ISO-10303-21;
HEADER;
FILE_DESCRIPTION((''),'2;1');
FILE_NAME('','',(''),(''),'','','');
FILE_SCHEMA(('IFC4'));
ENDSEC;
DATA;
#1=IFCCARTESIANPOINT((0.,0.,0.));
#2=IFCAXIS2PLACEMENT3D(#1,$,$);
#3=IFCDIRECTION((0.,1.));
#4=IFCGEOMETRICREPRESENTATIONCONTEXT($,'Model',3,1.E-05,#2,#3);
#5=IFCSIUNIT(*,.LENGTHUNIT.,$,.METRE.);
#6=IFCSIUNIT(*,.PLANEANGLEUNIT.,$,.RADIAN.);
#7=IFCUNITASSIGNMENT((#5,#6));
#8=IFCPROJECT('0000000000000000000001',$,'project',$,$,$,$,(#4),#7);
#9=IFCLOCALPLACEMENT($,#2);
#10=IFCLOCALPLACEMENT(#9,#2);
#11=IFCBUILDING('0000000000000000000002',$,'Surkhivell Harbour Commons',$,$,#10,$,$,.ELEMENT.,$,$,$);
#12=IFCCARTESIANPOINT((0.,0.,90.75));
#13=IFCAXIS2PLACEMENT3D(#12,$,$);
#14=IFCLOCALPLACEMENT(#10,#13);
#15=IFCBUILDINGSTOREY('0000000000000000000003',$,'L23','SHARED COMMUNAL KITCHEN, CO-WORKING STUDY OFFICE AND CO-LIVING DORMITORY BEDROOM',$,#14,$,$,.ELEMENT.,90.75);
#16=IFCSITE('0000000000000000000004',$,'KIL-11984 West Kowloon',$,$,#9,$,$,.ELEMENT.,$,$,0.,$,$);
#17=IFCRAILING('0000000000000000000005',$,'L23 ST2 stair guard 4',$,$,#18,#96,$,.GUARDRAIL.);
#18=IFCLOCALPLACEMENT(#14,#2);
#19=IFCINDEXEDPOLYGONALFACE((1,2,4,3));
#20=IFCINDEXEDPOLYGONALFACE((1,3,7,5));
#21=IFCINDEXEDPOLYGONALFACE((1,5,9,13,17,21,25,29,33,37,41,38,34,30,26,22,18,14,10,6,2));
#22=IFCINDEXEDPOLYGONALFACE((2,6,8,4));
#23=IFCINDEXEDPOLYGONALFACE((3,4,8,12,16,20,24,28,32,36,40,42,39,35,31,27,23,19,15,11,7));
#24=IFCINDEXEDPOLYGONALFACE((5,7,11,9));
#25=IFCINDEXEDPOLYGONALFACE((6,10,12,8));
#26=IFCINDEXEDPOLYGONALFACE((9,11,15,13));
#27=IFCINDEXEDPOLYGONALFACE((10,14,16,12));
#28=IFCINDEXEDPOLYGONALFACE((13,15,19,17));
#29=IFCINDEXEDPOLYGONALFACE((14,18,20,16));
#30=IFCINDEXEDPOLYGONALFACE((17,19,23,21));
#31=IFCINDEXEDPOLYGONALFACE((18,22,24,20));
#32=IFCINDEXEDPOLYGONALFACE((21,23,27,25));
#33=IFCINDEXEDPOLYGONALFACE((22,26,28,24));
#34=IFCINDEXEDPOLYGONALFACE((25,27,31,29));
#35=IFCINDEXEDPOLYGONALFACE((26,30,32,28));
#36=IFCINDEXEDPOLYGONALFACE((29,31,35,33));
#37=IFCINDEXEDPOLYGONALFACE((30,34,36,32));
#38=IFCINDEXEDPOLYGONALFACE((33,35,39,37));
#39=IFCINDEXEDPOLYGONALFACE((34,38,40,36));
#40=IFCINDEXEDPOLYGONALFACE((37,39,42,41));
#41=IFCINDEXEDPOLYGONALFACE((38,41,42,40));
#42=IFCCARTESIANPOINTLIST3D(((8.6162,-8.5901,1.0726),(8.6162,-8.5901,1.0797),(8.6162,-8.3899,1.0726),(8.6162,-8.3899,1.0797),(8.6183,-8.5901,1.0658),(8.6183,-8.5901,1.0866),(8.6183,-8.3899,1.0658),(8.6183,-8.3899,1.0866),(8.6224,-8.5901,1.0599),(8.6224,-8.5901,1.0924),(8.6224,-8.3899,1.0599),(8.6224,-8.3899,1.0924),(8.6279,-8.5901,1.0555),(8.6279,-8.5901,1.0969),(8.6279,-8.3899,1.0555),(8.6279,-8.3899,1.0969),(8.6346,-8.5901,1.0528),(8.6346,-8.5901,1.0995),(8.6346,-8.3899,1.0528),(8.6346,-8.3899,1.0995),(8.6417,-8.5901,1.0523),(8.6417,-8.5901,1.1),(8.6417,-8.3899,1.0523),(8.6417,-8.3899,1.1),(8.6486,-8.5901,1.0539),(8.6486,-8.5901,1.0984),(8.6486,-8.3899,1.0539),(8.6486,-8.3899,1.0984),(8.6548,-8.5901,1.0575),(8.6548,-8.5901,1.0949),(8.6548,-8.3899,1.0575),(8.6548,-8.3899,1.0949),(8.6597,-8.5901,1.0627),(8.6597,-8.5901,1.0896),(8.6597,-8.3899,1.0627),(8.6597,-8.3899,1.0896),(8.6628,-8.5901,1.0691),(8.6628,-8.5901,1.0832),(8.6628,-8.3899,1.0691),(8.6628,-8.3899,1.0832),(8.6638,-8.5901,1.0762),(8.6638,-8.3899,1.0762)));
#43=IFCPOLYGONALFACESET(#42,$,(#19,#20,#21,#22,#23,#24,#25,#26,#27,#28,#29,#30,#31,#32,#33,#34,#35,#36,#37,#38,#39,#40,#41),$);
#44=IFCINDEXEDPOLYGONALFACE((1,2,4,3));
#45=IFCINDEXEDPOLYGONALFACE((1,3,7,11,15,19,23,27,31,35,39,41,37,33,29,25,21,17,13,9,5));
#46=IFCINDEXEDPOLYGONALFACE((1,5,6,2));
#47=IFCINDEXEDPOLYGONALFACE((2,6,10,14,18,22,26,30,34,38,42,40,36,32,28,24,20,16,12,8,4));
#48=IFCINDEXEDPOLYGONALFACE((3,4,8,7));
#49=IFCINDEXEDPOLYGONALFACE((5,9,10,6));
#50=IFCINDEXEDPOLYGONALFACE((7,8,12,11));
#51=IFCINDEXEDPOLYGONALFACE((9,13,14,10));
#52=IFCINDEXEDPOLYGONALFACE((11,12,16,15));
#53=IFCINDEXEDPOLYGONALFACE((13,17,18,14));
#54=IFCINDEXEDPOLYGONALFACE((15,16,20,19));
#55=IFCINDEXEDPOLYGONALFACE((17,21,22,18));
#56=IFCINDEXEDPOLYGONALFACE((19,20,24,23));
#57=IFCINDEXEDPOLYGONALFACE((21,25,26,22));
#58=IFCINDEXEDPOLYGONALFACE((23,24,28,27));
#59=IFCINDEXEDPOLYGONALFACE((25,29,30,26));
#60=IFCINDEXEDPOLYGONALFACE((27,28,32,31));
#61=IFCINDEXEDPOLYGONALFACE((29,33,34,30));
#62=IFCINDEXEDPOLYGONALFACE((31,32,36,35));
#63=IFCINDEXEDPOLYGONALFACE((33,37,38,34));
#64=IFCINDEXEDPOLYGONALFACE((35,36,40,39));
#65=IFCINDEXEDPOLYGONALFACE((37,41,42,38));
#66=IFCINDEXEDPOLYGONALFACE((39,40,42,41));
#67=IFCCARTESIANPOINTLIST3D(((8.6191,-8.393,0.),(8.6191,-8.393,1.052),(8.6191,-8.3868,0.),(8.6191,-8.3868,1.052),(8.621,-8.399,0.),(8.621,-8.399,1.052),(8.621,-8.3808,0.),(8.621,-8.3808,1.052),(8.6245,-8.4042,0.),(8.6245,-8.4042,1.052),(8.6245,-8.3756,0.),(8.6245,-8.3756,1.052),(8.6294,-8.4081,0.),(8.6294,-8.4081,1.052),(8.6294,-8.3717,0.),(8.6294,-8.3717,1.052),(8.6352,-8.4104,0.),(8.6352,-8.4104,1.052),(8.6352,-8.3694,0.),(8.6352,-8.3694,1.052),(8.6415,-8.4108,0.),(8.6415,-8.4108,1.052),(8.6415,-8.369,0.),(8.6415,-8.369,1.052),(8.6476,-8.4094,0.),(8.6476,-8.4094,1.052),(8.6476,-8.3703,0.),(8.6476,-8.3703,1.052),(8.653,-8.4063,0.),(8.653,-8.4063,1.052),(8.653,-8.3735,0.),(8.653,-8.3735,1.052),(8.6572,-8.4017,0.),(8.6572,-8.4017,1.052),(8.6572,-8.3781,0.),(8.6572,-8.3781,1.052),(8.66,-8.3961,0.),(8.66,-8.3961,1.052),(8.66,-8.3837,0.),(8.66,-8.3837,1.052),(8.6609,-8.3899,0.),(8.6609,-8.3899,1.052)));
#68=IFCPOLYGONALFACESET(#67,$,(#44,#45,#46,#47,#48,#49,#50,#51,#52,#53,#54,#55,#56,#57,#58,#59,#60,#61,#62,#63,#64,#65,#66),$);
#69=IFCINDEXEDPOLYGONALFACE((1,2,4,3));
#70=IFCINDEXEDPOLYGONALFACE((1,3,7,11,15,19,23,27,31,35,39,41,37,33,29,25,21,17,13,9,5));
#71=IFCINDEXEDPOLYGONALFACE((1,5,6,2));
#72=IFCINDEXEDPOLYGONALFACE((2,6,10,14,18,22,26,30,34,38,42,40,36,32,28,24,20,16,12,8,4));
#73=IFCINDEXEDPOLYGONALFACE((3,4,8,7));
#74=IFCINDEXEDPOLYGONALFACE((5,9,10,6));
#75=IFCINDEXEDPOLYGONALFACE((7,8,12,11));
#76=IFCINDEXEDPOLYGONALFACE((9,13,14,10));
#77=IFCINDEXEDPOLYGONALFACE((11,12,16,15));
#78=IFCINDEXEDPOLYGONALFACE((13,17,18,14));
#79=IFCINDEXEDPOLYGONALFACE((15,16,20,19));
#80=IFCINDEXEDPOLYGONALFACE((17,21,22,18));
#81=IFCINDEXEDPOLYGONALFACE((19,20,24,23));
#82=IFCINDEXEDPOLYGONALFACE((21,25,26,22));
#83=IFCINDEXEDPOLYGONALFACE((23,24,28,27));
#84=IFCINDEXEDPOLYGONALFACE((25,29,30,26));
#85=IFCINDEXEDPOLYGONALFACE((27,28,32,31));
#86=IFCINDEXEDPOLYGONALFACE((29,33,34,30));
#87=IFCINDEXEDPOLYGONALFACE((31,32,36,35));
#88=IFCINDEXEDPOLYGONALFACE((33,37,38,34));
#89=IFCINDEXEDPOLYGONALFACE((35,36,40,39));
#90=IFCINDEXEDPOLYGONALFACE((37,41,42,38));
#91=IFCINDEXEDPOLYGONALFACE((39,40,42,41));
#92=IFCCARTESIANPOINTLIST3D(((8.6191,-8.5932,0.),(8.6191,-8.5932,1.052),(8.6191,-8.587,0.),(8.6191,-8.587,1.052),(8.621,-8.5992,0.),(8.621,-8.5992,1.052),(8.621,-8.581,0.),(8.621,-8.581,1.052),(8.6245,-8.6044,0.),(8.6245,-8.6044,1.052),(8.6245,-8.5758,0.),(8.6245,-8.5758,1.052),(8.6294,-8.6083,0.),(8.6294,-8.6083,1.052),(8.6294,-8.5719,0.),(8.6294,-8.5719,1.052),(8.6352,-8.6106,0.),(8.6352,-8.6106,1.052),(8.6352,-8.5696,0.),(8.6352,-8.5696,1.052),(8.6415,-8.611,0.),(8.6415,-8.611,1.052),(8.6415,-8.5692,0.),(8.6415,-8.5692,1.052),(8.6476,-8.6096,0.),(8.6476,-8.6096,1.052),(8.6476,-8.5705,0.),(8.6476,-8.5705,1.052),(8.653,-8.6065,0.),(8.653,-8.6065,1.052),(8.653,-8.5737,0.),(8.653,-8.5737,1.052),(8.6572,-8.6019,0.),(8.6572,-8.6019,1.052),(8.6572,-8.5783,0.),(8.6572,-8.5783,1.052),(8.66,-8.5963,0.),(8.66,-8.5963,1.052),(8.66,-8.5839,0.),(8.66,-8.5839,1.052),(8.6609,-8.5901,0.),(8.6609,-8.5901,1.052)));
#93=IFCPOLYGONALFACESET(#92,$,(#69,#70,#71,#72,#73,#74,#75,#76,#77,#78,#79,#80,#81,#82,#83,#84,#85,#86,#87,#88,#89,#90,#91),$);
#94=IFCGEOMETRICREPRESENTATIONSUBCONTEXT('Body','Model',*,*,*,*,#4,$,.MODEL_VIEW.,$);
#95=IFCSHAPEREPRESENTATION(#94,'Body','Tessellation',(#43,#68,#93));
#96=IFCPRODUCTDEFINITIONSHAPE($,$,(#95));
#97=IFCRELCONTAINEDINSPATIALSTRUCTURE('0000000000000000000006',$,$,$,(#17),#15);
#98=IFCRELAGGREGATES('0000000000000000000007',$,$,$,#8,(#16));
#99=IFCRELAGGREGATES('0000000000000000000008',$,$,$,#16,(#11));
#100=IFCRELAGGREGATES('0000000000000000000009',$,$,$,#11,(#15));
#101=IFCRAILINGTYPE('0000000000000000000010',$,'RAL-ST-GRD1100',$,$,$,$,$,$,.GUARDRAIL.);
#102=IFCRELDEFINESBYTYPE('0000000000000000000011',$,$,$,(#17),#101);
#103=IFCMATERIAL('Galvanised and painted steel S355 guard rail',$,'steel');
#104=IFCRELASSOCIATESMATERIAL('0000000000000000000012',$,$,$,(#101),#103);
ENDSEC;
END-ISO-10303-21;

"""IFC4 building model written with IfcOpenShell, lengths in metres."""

from ifc_helpers import new_model, si_unit, direction, frame, origin, origin_2d, place, context, subcontext, project, spatial, circle, extrude, material, type_object, element, save


model = new_model("IFC4")

# Units and contexts
model_context = context("Model", 3, precision=1e-05, world=origin(), true_north=direction((0.0, 1.0)))
body_context = subcontext(model_context, "Body", "Model", "MODEL_VIEW")
ifc_project = project(units=[si_unit("LENGTHUNIT", "METRE"), si_unit("PLANEANGLEUNIT", "RADIAN")], contexts=[model_context])

# Site, building, storey
site_placement = place(None, origin())
site = spatial("IfcSite", under=ifc_project, at=site_placement, Name="KIL-11984 West Kowloon", CompositionType="ELEMENT", RefElevation=0.0)
building_placement = place(site_placement, origin())
building = spatial("IfcBuilding", under=site, at=building_placement, Name="Surkhivell Harbour Commons", CompositionType="ELEMENT")
storey_placement = place(building_placement, frame((0.0, 0.0, 90.75)))
storey = spatial("IfcBuildingStorey", under=building, at=storey_placement, Name="L23", Description="SHARED COMMUNAL KITCHEN, CO-WORKING STUDY OFFICE AND CO-LIVING DORMITORY BEDROOM", CompositionType="ELEMENT", Elevation=90.75)

# Railing
ifc_material_1 = material(Name="Galvanised and painted steel S355 guard rail", Category="steel")
railing_type = type_object("IfcRailingType", Name="RAL-ST-GRD1100", PredefinedType="GUARDRAIL", material=ifc_material_1)
railing_1_placement = place(storey_placement, frame((8.6399, -8.3899, 0.0)))
element("IfcRailing", 1, at=railing_1_placement, inside=storey, type_object=railing_type, Name="L23 ST2 stair guard 4", PredefinedType="GUARDRAIL", context=body_context, shape_type="SweptSolid", body=[
    extrude(circle(Radius=0.0239, at=origin_2d()), frame((0.0, 0.0, 1.0762), z_axis=(0.0, -1.0, 0.0), x_axis=(1.0, 0.0, 0.0)), (0.0, 0.0, 1.0), 0.2002),
    extrude(circle(Radius=0.021, at=origin_2d()), origin(), (0.0, 0.0, 1.0), 1.052),
    extrude(circle(Radius=0.021, at=origin_2d()), frame((0.0, -0.2002, 0.0)), (0.0, 0.0, 1.0), 1.052),
])

save(model, "model.ifc")
